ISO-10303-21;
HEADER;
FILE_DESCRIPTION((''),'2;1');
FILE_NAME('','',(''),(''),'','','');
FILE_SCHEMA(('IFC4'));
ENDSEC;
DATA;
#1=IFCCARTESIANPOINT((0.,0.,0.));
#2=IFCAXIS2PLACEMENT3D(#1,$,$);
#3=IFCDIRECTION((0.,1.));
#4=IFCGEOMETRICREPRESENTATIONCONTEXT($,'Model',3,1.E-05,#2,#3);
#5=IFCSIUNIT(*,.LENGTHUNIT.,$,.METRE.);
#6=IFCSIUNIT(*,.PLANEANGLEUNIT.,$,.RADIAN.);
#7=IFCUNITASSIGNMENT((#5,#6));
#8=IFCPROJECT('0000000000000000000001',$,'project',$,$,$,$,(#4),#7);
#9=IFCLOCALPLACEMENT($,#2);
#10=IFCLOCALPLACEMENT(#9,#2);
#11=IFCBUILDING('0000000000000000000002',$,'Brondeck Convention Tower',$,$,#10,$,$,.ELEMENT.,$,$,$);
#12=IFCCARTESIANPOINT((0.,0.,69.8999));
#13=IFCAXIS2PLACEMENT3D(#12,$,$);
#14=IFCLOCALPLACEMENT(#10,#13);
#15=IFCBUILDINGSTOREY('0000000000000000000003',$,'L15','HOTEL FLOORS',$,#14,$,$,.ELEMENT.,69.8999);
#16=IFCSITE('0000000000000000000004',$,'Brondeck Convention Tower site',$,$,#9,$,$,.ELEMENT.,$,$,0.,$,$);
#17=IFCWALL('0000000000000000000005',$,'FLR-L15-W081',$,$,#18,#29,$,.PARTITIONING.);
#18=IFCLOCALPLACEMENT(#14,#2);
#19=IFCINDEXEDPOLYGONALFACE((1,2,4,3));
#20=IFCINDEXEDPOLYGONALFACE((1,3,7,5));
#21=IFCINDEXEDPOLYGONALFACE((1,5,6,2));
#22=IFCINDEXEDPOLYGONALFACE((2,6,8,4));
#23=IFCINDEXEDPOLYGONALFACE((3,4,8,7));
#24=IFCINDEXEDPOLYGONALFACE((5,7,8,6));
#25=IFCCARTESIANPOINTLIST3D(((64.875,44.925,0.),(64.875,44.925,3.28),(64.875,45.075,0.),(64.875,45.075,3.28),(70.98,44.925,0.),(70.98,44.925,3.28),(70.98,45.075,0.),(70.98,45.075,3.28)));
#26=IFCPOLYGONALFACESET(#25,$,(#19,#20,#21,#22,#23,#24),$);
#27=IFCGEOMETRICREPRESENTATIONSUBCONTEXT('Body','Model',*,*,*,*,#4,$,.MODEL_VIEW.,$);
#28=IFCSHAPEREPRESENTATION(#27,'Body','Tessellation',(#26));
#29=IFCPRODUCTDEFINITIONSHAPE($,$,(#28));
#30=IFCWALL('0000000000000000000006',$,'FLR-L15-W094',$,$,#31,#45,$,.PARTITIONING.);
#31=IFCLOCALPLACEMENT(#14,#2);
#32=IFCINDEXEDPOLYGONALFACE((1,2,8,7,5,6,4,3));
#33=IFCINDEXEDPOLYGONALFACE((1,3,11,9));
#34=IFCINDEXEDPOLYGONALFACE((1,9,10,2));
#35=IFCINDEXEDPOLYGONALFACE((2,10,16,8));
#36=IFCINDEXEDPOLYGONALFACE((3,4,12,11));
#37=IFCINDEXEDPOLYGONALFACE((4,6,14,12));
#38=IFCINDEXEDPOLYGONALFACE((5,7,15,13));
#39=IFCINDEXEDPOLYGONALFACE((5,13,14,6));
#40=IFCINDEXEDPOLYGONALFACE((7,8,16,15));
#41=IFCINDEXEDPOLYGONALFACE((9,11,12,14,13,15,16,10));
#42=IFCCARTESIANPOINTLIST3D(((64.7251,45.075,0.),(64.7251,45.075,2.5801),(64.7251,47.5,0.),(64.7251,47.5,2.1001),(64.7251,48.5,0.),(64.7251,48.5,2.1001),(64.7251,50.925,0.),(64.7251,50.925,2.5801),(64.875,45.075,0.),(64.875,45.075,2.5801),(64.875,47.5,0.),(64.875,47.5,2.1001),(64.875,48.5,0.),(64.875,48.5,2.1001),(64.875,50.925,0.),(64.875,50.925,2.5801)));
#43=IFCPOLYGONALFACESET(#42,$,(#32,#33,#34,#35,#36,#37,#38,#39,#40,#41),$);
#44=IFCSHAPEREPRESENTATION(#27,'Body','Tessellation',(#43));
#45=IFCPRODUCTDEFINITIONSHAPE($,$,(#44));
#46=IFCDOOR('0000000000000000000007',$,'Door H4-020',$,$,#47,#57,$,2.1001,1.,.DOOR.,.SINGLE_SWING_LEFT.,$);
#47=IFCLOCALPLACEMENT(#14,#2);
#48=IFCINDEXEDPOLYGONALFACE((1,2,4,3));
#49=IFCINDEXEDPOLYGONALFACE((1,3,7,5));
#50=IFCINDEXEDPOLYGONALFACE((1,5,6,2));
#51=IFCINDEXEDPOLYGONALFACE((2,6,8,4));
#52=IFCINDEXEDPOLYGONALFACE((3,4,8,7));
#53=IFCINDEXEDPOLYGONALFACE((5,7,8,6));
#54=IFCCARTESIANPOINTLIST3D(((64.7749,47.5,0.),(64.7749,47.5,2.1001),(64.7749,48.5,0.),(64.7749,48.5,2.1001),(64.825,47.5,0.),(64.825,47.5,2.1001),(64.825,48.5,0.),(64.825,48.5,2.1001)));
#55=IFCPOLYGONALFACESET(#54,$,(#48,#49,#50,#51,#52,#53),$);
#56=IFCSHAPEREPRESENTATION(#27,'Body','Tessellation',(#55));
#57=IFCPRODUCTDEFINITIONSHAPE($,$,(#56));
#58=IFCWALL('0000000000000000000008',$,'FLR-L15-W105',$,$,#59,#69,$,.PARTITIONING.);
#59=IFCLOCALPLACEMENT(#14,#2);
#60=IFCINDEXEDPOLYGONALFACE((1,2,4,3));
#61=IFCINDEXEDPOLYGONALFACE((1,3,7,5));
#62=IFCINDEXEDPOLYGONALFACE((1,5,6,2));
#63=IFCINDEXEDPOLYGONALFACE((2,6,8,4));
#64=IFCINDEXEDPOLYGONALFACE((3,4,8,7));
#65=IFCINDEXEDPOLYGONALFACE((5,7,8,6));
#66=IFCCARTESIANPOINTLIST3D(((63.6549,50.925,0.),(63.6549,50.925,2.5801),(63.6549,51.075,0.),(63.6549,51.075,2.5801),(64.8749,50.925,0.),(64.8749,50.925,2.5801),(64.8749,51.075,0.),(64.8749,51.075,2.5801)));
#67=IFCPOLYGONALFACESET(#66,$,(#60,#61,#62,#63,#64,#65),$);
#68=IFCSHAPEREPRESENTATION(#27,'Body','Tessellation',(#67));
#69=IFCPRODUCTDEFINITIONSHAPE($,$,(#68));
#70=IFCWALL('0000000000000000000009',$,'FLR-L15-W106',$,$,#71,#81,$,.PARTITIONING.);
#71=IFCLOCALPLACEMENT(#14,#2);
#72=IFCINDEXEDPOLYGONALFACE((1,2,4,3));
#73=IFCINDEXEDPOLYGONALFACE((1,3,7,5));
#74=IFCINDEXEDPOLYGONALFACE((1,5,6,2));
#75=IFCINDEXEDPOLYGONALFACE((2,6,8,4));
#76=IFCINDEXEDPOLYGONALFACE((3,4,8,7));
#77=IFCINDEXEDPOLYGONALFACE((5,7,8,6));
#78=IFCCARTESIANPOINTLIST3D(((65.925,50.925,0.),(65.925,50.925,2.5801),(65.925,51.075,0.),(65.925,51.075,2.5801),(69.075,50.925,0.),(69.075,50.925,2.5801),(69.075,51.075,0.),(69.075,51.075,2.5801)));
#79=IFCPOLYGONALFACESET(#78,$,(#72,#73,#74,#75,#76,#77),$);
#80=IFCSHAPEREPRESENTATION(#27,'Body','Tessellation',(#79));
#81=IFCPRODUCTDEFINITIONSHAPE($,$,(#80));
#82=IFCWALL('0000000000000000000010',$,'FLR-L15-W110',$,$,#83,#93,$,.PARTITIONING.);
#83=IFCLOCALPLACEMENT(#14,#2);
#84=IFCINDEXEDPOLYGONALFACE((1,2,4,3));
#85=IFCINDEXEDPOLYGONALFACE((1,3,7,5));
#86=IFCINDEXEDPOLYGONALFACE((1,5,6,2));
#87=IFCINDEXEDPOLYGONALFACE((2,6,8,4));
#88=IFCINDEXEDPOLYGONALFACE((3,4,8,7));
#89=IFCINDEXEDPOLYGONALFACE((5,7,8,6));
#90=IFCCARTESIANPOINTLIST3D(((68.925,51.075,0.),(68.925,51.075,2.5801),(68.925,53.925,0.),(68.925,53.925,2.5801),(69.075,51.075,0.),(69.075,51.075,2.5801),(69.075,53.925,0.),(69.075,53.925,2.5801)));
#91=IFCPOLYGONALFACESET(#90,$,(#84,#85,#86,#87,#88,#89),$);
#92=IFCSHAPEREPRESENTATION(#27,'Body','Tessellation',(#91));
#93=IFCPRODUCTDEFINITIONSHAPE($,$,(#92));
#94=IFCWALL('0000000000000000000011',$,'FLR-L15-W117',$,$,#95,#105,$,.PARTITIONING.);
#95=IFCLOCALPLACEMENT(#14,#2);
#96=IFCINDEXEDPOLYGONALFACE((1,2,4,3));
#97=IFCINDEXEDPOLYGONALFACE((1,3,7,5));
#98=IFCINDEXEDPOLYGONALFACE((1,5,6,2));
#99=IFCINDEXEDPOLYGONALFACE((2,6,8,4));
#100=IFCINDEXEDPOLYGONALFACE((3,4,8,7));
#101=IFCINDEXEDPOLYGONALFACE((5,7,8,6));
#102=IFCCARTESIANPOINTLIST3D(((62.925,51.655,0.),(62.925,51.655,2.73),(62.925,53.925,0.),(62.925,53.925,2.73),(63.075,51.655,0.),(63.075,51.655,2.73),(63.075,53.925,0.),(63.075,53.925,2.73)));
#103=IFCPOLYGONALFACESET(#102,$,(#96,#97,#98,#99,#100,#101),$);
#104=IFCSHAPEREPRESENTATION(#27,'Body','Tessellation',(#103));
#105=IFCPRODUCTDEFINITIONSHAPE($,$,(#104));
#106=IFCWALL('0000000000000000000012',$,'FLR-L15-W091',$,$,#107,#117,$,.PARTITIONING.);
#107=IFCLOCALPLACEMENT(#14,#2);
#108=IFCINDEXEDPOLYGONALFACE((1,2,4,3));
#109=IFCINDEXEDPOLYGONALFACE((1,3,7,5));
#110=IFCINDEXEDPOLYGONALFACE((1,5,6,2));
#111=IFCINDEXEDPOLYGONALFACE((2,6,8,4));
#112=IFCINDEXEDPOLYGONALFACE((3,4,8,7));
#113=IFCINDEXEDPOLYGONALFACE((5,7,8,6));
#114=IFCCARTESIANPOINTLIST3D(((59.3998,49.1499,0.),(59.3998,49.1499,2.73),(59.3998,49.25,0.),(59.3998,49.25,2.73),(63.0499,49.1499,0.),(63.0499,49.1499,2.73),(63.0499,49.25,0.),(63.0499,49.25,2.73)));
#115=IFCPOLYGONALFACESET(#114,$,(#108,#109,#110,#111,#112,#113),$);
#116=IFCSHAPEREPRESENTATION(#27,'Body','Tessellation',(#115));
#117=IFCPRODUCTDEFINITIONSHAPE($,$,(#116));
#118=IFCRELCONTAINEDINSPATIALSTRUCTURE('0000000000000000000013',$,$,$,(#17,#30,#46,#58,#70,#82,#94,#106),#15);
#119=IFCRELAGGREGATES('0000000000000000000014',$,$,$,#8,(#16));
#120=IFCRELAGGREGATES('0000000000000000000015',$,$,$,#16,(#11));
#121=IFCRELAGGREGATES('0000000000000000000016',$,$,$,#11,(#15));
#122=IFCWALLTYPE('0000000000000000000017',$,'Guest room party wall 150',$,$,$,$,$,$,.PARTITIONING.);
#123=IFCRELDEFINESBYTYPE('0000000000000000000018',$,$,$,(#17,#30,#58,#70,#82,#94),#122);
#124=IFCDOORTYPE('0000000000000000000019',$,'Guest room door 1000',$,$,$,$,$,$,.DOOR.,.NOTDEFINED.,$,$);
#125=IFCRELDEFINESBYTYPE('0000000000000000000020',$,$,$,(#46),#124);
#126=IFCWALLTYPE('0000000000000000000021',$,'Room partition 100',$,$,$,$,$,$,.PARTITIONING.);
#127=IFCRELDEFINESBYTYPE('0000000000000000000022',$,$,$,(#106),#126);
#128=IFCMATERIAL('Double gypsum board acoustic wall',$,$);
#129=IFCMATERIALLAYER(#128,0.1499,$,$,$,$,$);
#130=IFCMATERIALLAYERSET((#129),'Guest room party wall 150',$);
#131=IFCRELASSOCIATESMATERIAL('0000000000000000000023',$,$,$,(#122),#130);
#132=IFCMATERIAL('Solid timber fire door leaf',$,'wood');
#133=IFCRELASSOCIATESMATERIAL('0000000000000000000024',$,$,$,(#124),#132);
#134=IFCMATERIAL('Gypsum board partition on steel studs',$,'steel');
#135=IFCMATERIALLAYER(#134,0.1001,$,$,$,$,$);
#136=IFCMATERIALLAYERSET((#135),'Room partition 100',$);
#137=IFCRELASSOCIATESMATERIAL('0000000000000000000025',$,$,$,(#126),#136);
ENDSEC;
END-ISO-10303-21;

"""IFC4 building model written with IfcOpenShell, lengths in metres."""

from ifc_helpers import new_model, si_unit, direction, frame, frame_2d, origin, place, context, subcontext, project, spatial, rectangle, extrude, material, layer, layer_set, type_object, element, fill, save


model = new_model("IFC4")

# Units and contexts
model_context = context("Model", 3, precision=1e-05, world=origin(), true_north=direction((0.0, 1.0)))
body_context = subcontext(model_context, "Body", "Model", "MODEL_VIEW")
ifc_project = project(units=[si_unit("LENGTHUNIT", "METRE"), si_unit("PLANEANGLEUNIT", "RADIAN")], contexts=[model_context])

# Site, building, storey
site_placement = place(None, origin())
site = spatial("IfcSite", under=ifc_project, at=site_placement, Name="Brondeck Convention Tower site", CompositionType="ELEMENT", RefElevation=0.0)
building_placement = place(site_placement, origin())
building = spatial("IfcBuilding", under=site, at=building_placement, Name="Brondeck Convention Tower", CompositionType="ELEMENT")
storey_placement = place(building_placement, frame((0.0, 0.0, 69.8999)))
storey = spatial("IfcBuildingStorey", under=building, at=storey_placement, Name="L15", Description="HOTEL FLOORS", CompositionType="ELEMENT", Elevation=69.8999)

# Shared definitions
ifc_material_1 = material(Name="Double gypsum board acoustic wall")
ifc_layer_1 = layer(ifc_material_1, 0.1499)
ifc_layer_set_1 = layer_set([ifc_layer_1], Name="Guest room party wall 150")
wall_type_1 = type_object("IfcWallType", Name="Guest room party wall 150", PredefinedType="PARTITIONING", material=ifc_layer_set_1)

# Wall
wall_1_placement = place(storey_placement, frame((70.98, 45.0, 0.0), z_axis=(0.0, 0.0, 1.0), x_axis=(-1.0, 0.0, 0.0)))
element("IfcWall", 1, at=wall_1_placement, inside=storey, type_object=wall_type_1, Name="FLR-L15-W081", PredefinedType="PARTITIONING", context=body_context, shape_type="SweptSolid", body=[
    extrude(rectangle(XDim=6.105, YDim=0.1499, at=frame_2d((3.0525, 0.0))), origin(), (0.0, 0.0, 1.0), 3.28),
])

# Wall, opening, door
wall_2_placement = place(storey_placement, frame((64.8, 50.925, 0.0), z_axis=(0.0, 0.0, 1.0), x_axis=(0.0, -1.0, 0.0)))
wall_2 = element("IfcWall", 2, at=wall_2_placement, inside=storey, type_object=wall_type_1, Name="FLR-L15-W094", PredefinedType="PARTITIONING", context=body_context, shape_type="SweptSolid", body=[
    extrude(rectangle(XDim=5.8501, YDim=0.1499, at=frame_2d((2.925, 0.0))), origin(), (0.0, 0.0, 1.0), 2.5801),
])
opening_1_placement = place(wall_2_placement, frame((2.425, 0.0, 0.0)))
opening_1 = element("IfcOpeningElement", 3, at=opening_1_placement, cuts=wall_2, PredefinedType="OPENING", context=body_context, shape_type="SweptSolid", body=[
    extrude(rectangle(XDim=1.0, YDim=2.1001, at=frame_2d((0.5, 1.05))), frame((0.0, 0.085, 0.0), z_axis=(0.0, -1.0, 0.0), x_axis=(1.0, 0.0, 0.0)), (0.0, 0.0, 1.0), 0.1699),
])
ifc_material_2 = material(Name="Solid timber fire door leaf", Category="wood")
door_type_1 = type_object("IfcDoorType", Name="Guest room door 1000", OperationType="NOTDEFINED", PredefinedType="DOOR", material=ifc_material_2)
door_1_placement = place(opening_1_placement, origin())
door_1 = element("IfcDoor", 4, at=door_1_placement, inside=storey, type_object=door_type_1, Name="Door H4-020", OperationType="SINGLE_SWING_LEFT", OverallHeight=2.1001, OverallWidth=1.0, PredefinedType="DOOR", context=body_context, shape_type="SweptSolid", body=[
    extrude(rectangle(XDim=1.0, YDim=2.1001, at=frame_2d((0.5, 1.05))), frame((0.0, 0.0249, 0.0), z_axis=(0.0, -1.0, 0.0), x_axis=(1.0, 0.0, 0.0)), (0.0, 0.0, 1.0), 0.05),
])
fill(opening_1, door_1)

# Walls
wall_3_placement = place(storey_placement, frame((63.655, 51.0, 0.0), z_axis=(0.0, 0.0, 1.0), x_axis=(1.0, 0.0, 0.0)))
element("IfcWall", 5, at=wall_3_placement, inside=storey, type_object=wall_type_1, Name="FLR-L15-W105", PredefinedType="PARTITIONING", context=body_context, shape_type="SweptSolid", body=[
    extrude(rectangle(XDim=1.22, YDim=0.1499, at=frame_2d((0.6099, 0.0))), origin(), (0.0, 0.0, 1.0), 2.5801),
])
wall_4_placement = place(storey_placement, frame((65.925, 51.0, 0.0), z_axis=(0.0, 0.0, 1.0), x_axis=(1.0, 0.0, 0.0)))
element("IfcWall", 6, at=wall_4_placement, inside=storey, type_object=wall_type_1, Name="FLR-L15-W106", PredefinedType="PARTITIONING", context=body_context, shape_type="SweptSolid", body=[
    extrude(rectangle(XDim=3.1499, YDim=0.1499, at=frame_2d((1.575, 0.0))), origin(), (0.0, 0.0, 1.0), 2.5801),
])
wall_5_placement = place(storey_placement, frame((69.0, 51.075, 0.0), z_axis=(0.0, 0.0, 1.0), x_axis=(0.0, 1.0, 0.0)))
element("IfcWall", 7, at=wall_5_placement, inside=storey, type_object=wall_type_1, Name="FLR-L15-W110", PredefinedType="PARTITIONING", context=body_context, shape_type="SweptSolid", body=[
    extrude(rectangle(XDim=2.8501, YDim=0.1499, at=frame_2d((1.425, 0.0))), origin(), (0.0, 0.0, 1.0), 2.5801),
])
wall_6_placement = place(storey_placement, frame((63.0, 53.925, 0.0), z_axis=(0.0, 0.0, 1.0), x_axis=(0.0, -1.0, 0.0)))
element("IfcWall", 8, at=wall_6_placement, inside=storey, type_object=wall_type_1, Name="FLR-L15-W117", PredefinedType="PARTITIONING", context=body_context, shape_type="SweptSolid", body=[
    extrude(rectangle(XDim=2.27, YDim=0.1499, at=frame_2d((1.135, 0.0))), origin(), (0.0, 0.0, 1.0), 2.73),
])
ifc_material_3 = material(Name="Gypsum board partition on steel studs", Category="steel")
ifc_layer_2 = layer(ifc_material_3, 0.1001)
ifc_layer_set_2 = layer_set([ifc_layer_2], Name="Room partition 100")
wall_type_2 = type_object("IfcWallType", Name="Room partition 100", PredefinedType="PARTITIONING", material=ifc_layer_set_2)
wall_7_placement = place(storey_placement, frame((63.05, 49.2, 0.0), z_axis=(0.0, 0.0, 1.0), x_axis=(-1.0, 0.0, 0.0)))
element("IfcWall", 9, at=wall_7_placement, inside=storey, type_object=wall_type_2, Name="FLR-L15-W091", PredefinedType="PARTITIONING", context=body_context, shape_type="SweptSolid", body=[
    extrude(rectangle(XDim=3.6501, YDim=0.1001, at=frame_2d((1.8252, 0.0))), origin(), (0.0, 0.0, 1.0), 2.73),
])

save(model, "model.ifc")
